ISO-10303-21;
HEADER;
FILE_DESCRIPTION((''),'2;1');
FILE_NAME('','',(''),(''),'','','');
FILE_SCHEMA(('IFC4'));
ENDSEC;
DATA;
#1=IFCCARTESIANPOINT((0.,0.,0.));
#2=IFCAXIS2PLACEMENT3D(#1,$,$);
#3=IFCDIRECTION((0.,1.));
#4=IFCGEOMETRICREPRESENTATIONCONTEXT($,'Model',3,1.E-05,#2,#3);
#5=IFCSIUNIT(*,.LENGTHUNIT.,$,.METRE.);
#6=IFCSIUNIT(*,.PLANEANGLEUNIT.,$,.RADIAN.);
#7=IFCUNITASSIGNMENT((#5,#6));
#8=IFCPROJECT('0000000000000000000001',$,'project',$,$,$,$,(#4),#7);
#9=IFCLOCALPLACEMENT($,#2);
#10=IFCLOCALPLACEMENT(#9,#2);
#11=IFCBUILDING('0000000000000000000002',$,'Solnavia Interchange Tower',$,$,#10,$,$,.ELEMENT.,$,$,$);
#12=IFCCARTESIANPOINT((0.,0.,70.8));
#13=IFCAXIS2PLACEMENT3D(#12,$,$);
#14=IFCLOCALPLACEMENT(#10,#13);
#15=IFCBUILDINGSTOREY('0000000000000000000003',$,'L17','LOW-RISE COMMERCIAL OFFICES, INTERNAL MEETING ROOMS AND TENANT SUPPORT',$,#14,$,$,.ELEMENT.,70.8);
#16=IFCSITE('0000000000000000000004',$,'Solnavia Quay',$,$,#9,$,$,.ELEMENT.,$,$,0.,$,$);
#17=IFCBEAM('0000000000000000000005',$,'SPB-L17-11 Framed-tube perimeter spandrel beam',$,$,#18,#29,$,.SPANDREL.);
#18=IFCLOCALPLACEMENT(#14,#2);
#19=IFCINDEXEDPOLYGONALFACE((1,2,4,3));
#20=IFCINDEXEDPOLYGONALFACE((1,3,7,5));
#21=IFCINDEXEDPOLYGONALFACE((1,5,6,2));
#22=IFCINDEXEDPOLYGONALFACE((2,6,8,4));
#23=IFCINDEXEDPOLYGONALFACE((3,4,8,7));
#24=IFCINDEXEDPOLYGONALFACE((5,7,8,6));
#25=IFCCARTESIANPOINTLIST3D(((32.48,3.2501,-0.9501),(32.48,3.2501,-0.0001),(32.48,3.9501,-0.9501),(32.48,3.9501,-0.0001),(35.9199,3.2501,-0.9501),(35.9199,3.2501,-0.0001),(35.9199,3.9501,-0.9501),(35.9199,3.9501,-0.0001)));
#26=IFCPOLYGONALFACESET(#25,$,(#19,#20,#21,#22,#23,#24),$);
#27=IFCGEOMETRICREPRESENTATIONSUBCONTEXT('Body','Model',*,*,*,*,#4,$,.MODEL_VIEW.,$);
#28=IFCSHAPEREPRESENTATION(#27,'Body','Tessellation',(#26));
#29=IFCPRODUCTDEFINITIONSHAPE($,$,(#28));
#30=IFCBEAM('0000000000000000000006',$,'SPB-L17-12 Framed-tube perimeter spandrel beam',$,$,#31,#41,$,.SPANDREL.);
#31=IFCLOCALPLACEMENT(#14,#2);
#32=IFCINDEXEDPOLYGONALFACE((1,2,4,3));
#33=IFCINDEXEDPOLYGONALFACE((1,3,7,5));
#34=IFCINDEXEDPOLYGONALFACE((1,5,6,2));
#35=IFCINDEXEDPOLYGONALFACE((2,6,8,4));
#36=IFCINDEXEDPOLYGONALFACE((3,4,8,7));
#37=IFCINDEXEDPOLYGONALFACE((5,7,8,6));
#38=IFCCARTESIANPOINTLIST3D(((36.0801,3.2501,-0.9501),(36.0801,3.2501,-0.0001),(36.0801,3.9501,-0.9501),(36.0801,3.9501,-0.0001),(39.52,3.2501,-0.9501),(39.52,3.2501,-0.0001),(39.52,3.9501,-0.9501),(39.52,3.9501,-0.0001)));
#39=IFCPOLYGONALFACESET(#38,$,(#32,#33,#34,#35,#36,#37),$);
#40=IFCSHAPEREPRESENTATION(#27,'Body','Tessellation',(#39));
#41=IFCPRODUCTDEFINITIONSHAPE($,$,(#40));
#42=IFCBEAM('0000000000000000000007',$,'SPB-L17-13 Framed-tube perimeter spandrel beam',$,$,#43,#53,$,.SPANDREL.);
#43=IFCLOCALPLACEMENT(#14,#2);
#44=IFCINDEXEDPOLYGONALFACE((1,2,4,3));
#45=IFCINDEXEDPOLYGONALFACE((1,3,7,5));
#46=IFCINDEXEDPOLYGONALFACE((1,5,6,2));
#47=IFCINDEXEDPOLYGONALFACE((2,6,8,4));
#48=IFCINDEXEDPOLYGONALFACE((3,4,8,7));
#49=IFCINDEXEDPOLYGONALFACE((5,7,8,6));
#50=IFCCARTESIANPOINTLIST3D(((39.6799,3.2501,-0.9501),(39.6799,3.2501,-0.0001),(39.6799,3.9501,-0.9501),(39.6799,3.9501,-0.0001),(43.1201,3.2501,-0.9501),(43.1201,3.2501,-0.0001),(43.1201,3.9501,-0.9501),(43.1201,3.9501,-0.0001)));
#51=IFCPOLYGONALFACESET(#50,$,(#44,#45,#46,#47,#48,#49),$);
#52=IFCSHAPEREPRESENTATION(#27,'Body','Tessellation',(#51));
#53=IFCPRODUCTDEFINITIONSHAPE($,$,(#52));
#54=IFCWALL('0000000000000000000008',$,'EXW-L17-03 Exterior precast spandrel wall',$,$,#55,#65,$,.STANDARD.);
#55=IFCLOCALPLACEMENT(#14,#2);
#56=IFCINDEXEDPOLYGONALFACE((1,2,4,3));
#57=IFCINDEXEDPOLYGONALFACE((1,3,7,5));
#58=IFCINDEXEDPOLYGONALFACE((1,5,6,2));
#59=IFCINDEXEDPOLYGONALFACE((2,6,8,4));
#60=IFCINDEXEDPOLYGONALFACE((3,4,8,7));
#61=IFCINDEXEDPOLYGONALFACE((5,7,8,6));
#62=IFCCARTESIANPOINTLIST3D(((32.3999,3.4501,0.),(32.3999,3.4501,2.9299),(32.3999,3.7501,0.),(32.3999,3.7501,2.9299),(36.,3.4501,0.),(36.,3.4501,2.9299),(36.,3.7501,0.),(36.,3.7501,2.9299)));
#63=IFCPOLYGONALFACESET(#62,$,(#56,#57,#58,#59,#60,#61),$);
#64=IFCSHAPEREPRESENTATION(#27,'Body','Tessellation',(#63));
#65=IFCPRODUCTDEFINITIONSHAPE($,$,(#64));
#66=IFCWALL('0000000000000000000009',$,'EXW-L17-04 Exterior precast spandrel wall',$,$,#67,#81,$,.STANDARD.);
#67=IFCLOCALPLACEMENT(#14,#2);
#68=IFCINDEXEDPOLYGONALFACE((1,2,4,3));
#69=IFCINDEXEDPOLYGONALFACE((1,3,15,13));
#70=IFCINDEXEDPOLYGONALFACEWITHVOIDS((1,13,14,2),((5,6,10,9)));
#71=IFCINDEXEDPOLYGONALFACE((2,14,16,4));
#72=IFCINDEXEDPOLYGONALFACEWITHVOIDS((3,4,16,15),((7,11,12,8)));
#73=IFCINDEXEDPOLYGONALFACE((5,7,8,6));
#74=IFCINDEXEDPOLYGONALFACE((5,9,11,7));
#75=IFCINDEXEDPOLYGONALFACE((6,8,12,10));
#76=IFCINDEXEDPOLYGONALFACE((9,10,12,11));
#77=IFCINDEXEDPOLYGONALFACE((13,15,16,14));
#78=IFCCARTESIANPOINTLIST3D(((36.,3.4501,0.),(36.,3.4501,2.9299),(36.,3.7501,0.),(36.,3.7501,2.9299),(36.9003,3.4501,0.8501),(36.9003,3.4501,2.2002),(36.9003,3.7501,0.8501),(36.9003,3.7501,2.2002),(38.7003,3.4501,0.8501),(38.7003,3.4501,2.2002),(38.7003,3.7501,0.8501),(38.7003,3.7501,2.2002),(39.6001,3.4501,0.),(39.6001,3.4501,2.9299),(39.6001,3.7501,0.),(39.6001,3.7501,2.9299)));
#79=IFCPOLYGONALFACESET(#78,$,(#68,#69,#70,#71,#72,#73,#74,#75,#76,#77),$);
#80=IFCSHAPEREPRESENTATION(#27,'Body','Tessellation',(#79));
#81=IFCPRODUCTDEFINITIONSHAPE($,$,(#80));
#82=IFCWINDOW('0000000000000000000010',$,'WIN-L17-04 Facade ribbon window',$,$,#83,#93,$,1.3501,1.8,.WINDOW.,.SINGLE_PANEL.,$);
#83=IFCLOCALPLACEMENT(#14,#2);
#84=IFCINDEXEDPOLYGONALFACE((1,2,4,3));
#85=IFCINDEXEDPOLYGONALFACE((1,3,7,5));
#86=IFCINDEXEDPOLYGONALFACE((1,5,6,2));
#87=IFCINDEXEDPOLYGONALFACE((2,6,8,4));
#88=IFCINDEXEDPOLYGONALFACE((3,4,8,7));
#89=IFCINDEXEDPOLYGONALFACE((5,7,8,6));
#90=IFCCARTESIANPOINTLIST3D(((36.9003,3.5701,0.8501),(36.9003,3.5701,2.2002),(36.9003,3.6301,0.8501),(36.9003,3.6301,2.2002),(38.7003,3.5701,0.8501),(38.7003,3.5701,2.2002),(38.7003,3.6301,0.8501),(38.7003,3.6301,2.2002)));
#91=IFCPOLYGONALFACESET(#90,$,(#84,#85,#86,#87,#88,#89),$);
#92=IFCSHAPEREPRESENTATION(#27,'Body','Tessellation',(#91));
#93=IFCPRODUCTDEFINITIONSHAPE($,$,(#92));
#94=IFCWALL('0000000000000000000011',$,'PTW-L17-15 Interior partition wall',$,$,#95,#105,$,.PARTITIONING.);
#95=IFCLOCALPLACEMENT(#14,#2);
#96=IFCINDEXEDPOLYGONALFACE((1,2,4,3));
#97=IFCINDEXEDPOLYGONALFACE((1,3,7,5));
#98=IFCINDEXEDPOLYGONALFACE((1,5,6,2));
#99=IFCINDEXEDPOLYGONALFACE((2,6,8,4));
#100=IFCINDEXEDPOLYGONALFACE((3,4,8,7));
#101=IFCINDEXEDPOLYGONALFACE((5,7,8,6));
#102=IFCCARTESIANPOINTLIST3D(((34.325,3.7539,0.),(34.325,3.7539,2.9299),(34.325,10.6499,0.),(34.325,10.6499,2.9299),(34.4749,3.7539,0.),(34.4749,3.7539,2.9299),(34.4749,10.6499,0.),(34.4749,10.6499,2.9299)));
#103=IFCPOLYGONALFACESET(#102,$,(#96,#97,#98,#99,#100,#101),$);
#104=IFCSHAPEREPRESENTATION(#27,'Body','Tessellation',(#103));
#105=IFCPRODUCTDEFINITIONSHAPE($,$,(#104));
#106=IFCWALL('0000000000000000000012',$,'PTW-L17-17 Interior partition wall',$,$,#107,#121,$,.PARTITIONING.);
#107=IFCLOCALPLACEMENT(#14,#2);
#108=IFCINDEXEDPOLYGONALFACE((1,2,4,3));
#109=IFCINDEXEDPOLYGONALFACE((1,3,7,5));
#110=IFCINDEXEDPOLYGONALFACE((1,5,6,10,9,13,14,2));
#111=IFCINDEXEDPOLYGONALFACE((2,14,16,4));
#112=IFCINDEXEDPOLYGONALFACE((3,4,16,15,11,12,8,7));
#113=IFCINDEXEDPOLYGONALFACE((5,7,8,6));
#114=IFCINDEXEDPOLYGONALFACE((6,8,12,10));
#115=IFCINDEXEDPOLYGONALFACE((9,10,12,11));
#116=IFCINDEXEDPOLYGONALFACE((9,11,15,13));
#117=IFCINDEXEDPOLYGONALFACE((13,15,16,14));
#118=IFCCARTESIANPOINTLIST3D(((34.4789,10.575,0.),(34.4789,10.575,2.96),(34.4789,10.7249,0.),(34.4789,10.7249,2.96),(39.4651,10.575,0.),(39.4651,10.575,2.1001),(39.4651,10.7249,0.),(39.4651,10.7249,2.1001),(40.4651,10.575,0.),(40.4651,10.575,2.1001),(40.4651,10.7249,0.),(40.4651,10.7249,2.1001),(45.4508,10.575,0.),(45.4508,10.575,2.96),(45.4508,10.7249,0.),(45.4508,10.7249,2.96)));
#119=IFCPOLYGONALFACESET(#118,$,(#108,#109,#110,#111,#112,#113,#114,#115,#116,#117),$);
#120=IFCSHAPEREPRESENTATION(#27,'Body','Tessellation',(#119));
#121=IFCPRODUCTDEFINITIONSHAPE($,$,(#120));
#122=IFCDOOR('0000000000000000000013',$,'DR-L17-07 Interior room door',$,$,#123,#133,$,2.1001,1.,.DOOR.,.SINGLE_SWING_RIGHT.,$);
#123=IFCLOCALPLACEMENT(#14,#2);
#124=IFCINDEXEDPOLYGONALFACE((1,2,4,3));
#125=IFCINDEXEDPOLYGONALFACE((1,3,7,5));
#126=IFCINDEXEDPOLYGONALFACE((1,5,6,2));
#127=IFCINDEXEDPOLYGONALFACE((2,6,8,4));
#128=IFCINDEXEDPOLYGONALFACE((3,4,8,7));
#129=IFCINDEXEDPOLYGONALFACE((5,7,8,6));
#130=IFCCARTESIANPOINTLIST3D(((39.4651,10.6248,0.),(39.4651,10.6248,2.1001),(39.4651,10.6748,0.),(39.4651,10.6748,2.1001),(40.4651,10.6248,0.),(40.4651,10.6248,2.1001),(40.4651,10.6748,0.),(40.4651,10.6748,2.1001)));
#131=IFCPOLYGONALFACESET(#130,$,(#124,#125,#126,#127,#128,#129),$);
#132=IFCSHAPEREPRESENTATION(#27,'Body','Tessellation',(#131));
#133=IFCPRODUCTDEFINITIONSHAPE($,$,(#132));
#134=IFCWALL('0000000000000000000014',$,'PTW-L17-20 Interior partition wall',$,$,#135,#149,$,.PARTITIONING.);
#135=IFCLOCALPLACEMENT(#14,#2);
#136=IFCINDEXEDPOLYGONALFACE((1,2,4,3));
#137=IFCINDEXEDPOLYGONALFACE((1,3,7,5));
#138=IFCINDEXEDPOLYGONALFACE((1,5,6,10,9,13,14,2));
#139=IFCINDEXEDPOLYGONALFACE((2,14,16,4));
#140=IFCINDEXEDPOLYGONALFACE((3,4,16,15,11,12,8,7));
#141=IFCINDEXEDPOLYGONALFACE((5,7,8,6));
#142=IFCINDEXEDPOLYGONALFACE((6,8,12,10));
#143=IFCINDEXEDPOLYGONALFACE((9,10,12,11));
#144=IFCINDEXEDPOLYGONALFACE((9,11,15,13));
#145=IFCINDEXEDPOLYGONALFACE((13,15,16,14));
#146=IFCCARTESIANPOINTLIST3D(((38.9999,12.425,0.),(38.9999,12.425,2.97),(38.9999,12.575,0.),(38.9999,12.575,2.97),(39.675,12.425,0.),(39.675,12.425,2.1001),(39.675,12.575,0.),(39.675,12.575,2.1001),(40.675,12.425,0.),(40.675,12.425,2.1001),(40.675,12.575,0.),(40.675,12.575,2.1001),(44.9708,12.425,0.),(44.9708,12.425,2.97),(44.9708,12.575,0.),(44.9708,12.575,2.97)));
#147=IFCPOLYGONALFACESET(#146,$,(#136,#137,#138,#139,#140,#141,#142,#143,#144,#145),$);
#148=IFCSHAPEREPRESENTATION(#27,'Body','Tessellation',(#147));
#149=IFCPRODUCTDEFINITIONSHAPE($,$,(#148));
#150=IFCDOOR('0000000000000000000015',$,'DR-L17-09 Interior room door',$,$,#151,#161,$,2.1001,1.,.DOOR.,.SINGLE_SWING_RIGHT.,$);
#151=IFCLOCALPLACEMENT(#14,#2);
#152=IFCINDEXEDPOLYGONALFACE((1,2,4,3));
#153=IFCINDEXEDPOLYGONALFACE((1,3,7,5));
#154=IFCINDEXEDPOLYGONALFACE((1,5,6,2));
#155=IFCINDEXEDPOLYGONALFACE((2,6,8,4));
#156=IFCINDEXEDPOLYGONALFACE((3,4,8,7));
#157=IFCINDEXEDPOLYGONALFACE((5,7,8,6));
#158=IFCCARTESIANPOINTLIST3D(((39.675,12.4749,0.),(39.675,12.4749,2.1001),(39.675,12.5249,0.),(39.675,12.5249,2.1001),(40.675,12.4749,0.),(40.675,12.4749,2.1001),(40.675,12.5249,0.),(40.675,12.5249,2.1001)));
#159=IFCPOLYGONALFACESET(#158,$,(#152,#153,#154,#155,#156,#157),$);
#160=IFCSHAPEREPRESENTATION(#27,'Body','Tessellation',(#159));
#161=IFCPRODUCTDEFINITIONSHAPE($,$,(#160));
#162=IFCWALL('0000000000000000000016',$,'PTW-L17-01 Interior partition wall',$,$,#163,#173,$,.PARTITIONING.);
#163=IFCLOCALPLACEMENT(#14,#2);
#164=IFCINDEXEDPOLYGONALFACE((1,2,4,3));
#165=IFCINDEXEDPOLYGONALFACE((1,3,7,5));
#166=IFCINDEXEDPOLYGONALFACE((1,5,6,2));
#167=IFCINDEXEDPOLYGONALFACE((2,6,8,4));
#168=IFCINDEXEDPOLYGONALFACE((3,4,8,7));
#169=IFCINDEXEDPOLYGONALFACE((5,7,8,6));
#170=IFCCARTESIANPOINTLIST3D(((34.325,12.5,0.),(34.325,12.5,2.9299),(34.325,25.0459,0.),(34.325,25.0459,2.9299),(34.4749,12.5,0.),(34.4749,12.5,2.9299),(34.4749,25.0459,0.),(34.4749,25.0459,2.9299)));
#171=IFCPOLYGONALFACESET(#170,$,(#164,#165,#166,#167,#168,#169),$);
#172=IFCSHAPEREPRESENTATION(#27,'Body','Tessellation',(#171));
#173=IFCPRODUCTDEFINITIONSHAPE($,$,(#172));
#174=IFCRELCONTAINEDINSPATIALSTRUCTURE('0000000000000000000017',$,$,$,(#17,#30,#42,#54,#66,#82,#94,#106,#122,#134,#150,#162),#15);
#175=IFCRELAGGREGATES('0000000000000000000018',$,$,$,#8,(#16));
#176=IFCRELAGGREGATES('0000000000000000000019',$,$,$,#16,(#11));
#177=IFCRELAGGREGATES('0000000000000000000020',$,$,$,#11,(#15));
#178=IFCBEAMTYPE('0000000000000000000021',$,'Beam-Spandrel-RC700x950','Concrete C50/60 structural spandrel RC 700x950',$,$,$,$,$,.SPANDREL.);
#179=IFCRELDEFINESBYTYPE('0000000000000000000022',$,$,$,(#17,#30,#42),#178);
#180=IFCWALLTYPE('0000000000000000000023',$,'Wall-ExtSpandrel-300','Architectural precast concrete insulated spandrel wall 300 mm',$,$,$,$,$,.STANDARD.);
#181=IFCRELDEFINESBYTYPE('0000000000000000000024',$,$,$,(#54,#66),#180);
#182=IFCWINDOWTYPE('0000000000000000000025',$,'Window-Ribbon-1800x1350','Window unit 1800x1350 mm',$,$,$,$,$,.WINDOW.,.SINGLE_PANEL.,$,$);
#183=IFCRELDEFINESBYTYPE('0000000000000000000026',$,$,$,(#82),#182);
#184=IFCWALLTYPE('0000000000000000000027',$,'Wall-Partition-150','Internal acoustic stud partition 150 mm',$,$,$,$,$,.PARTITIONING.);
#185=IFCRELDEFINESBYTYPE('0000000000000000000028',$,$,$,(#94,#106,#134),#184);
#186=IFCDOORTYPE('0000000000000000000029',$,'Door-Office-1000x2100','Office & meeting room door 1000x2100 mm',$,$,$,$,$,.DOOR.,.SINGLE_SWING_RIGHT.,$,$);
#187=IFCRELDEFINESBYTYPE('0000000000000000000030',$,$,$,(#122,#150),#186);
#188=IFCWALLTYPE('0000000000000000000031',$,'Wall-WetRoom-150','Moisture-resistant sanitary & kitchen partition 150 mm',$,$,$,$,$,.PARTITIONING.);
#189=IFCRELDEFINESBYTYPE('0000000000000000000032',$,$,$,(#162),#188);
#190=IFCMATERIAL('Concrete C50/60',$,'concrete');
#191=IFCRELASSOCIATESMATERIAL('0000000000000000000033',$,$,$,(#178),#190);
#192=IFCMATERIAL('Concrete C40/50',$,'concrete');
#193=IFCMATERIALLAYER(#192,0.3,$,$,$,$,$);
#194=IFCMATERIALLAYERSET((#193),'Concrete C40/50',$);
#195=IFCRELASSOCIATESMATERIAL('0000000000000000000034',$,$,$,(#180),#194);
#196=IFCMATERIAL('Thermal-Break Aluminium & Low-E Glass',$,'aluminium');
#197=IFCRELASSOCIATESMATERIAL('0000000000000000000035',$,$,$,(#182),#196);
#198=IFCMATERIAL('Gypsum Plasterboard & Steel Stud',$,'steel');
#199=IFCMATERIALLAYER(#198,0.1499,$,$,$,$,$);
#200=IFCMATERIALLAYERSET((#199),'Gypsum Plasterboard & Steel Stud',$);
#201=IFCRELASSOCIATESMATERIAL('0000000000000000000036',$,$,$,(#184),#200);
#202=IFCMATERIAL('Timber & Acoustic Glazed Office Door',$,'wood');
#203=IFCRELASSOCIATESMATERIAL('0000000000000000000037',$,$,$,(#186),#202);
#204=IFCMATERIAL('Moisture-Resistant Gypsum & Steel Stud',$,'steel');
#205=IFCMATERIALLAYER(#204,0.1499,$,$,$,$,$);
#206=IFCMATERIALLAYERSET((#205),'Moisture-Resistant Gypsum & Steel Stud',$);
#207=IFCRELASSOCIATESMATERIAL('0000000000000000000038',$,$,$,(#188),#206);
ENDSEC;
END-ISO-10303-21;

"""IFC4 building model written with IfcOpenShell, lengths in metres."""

from ifc_helpers import new_model, si_unit, direction, frame, frame_2d, origin, origin_2d, place, context, subcontext, project, spatial, rectangle, extrude, material, layer, layer_set, material_profile, profile_set, type_object, element, fill, save


model = new_model("IFC4")

# Units and contexts
model_context = context("Model", 3, precision=1e-05, world=origin(), true_north=direction((0.0, 1.0)))
body_context = subcontext(model_context, "Body", "Model", "MODEL_VIEW")
ifc_project = project(units=[si_unit("LENGTHUNIT", "METRE"), si_unit("PLANEANGLEUNIT", "RADIAN")], contexts=[model_context])

# Site, building, storey
site_placement = place(None, origin())
site = spatial("IfcSite", under=ifc_project, at=site_placement, Name="Solnavia Quay", CompositionType="ELEMENT", RefElevation=0.0)
building_placement = place(site_placement, origin())
building = spatial("IfcBuilding", under=site, at=building_placement, Name="Solnavia Interchange Tower", CompositionType="ELEMENT")
storey_placement = place(building_placement, frame((0.0, 0.0, 70.8)))
storey = spatial("IfcBuildingStorey", under=building, at=storey_placement, Name="L17", Description="LOW-RISE COMMERCIAL OFFICES, INTERNAL MEETING ROOMS AND TENANT SUPPORT", CompositionType="ELEMENT", Elevation=70.8)

# Beams
ifc_material_1 = material(Name="Concrete C50/60", Category="concrete")
ifc_material_profile_1 = material_profile(ifc_material_1, rectangle(XDim=0.7, YDim=0.95, at=origin_2d()), Name="RC 700x950")
ifc_profile_set_1 = profile_set([ifc_material_profile_1], Name="Concrete C50/60")
beam_type_1 = type_object("IfcBeamType", Name="Beam-Spandrel-RC700x950", Description="Concrete C50/60 structural spandrel RC 700x950", PredefinedType="SPANDREL", material=ifc_profile_set_1)
for number, where, z_axis, x_axis, name in (
    (1, (32.48, 3.6001, -0.4751), (1.0, 0.0, 0.0), (0.0, 1.0, 0.0), "SPB-L17-11 Framed-tube perimeter spandrel beam"),
    (2, (36.0801, 3.6001, -0.4751), (1.0, 0.0, 0.0), (0.0, 1.0, 0.0), "SPB-L17-12 Framed-tube perimeter spandrel beam"),
):
    element("IfcBeam", number, at=place(storey_placement, frame(where, z_axis=z_axis, x_axis=x_axis)), inside=storey, type_object=beam_type_1, Name=name, PredefinedType="SPANDREL", context=body_context, shape_type="SweptSolid", body=[
        extrude(rectangle(XDim=0.7, YDim=0.95, at=origin_2d()), origin(), (0.0, 0.0, 1.0), 3.4399),
    ])
beam_1_placement = place(storey_placement, frame((39.6799, 3.6001, -0.4751), z_axis=(1.0, 0.0, 0.0), x_axis=(0.0, 1.0, 0.0)))
element("IfcBeam", 3, at=beam_1_placement, inside=storey, type_object=beam_type_1, Name="SPB-L17-13 Framed-tube perimeter spandrel beam", PredefinedType="SPANDREL", context=body_context, shape_type="SweptSolid", body=[
    extrude(rectangle(XDim=0.7, YDim=0.95, at=origin_2d()), origin(), (0.0, 0.0, 1.0), 3.4402),
])

# Wall
ifc_material_2 = material(Name="Concrete C40/50", Category="concrete")
ifc_layer_1 = layer(ifc_material_2, 0.3)
ifc_layer_set_1 = layer_set([ifc_layer_1], Name="Concrete C40/50")
wall_type_1 = type_object("IfcWallType", Name="Wall-ExtSpandrel-300", Description="Architectural precast concrete insulated spandrel wall 300 mm", PredefinedType="STANDARD", material=ifc_layer_set_1)
wall_1_placement = place(storey_placement, frame((36.0, 3.6001, 0.0), z_axis=(0.0, 0.0, 1.0), x_axis=(-1.0, 0.0, 0.0)))
element("IfcWall", 4, at=wall_1_placement, inside=storey, type_object=wall_type_1, Name="EXW-L17-03 Exterior precast spandrel wall", PredefinedType="STANDARD", context=body_context, shape_type="SweptSolid", body=[
    extrude(rectangle(XDim=3.6001, YDim=0.3, at=frame_2d((1.8, 0.0))), origin(), (0.0, 0.0, 1.0), 2.9299),
])

# Wall, opening, window
wall_2_placement = place(storey_placement, frame((39.6001, 3.6001, 0.0), z_axis=(0.0, 0.0, 1.0), x_axis=(-1.0, 0.0, 0.0)))
wall_2 = element("IfcWall", 5, at=wall_2_placement, inside=storey, type_object=wall_type_1, Name="EXW-L17-04 Exterior precast spandrel wall", PredefinedType="STANDARD", context=body_context, shape_type="SweptSolid", body=[
    extrude(rectangle(XDim=3.6001, YDim=0.3, at=frame_2d((1.8, 0.0))), origin(), (0.0, 0.0, 1.0), 2.9299),
])
opening_1_placement = place(wall_2_placement, frame((0.8999, 0.0, 0.8501)))
opening_1 = element("IfcOpeningElement", 6, at=opening_1_placement, cuts=wall_2, PredefinedType="OPENING", context=body_context, shape_type="SweptSolid", body=[
    extrude(rectangle(XDim=1.8, YDim=1.3501, at=frame_2d((0.8999, 0.675))), frame((0.0, 0.1602, 0.0), z_axis=(0.0, -1.0, 0.0), x_axis=(1.0, 0.0, 0.0)), (0.0, 0.0, 1.0), 0.3201),
])
ifc_material_3 = material(Name="Thermal-Break Aluminium & Low-E Glass", Category="aluminium")
window_type = type_object("IfcWindowType", Name="Window-Ribbon-1800x1350", Description="Window unit 1800x1350 mm", PartitioningType="SINGLE_PANEL", PredefinedType="WINDOW", material=ifc_material_3)
window_placement = place(opening_1_placement, origin())
window = element("IfcWindow", 7, at=window_placement, inside=storey, type_object=window_type, Name="WIN-L17-04 Facade ribbon window", OverallHeight=1.3501, OverallWidth=1.8, PartitioningType="SINGLE_PANEL", PredefinedType="WINDOW", context=body_context, shape_type="SweptSolid", body=[
    extrude(rectangle(XDim=1.8, YDim=1.3501, at=frame_2d((0.8999, 0.675))), frame((0.0, 0.03, 0.0), z_axis=(0.0, -1.0, 0.0), x_axis=(1.0, 0.0, 0.0)), (0.0, 0.0, 1.0), 0.0601),
])
fill(opening_1, window)

# Wall
ifc_material_4 = material(Name="Gypsum Plasterboard & Steel Stud", Category="steel")
ifc_layer_2 = layer(ifc_material_4, 0.1499)
ifc_layer_set_2 = layer_set([ifc_layer_2], Name="Gypsum Plasterboard & Steel Stud")
wall_type_2 = type_object("IfcWallType", Name="Wall-Partition-150", Description="Internal acoustic stud partition 150 mm", PredefinedType="PARTITIONING", material=ifc_layer_set_2)
wall_3_placement = place(storey_placement, frame((34.3999, 3.7539, 0.0), z_axis=(0.0, 0.0, 1.0), x_axis=(0.0, 1.0, 0.0)))
element("IfcWall", 8, at=wall_3_placement, inside=storey, type_object=wall_type_2, Name="PTW-L17-15 Interior partition wall", PredefinedType="PARTITIONING", context=body_context, shape_type="SweptSolid", body=[
    extrude(rectangle(XDim=6.896, YDim=0.1499, at=frame_2d((3.448, 0.0))), origin(), (0.0, 0.0, 1.0), 2.9299),
])

# Walls, openings, doors
wall_4_placement = place(storey_placement, frame((34.479, 10.6499, 0.0), z_axis=(0.0, 0.0, 1.0), x_axis=(1.0, 0.0, 0.0)))
wall_4 = element("IfcWall", 9, at=wall_4_placement, inside=storey, type_object=wall_type_2, Name="PTW-L17-17 Interior partition wall", PredefinedType="PARTITIONING", context=body_context, shape_type="SweptSolid", body=[
    extrude(rectangle(XDim=10.9719, YDim=0.1499, at=frame_2d((5.4858, 0.0))), origin(), (0.0, 0.0, 1.0), 2.96),
])
opening_2_placement = place(wall_4_placement, frame((4.9861, 0.0, 0.0)))
opening_2 = element("IfcOpeningElement", 10, at=opening_2_placement, cuts=wall_4, PredefinedType="OPENING", context=body_context, shape_type="SweptSolid", body=[
    extrude(rectangle(XDim=1.0, YDim=2.1001, at=frame_2d((0.5, 1.05))), frame((0.0, 0.085, 0.0), z_axis=(0.0, -1.0, 0.0), x_axis=(1.0, 0.0, 0.0)), (0.0, 0.0, 1.0), 0.1699),
])
ifc_material_5 = material(Name="Timber & Acoustic Glazed Office Door", Category="wood")
door_type_1 = type_object("IfcDoorType", Name="Door-Office-1000x2100", Description="Office & meeting room door 1000x2100 mm", OperationType="SINGLE_SWING_RIGHT", PredefinedType="DOOR", material=ifc_material_5)
door_1_placement = place(opening_2_placement, origin())
door_1 = element("IfcDoor", 11, at=door_1_placement, inside=storey, type_object=door_type_1, Name="DR-L17-07 Interior room door", OperationType="SINGLE_SWING_RIGHT", OverallHeight=2.1001, OverallWidth=1.0, PredefinedType="DOOR", context=body_context, shape_type="SweptSolid", body=[
    extrude(rectangle(XDim=1.0, YDim=2.1001, at=frame_2d((0.5, 1.05))), frame((0.0, 0.0249, 0.0), z_axis=(0.0, -1.0, 0.0), x_axis=(1.0, 0.0, 0.0)), (0.0, 0.0, 1.0), 0.05),
])
fill(opening_2, door_1)
wall_5_placement = place(storey_placement, frame((39.0, 12.5, 0.0), z_axis=(0.0, 0.0, 1.0), x_axis=(1.0, 0.0, 0.0)))
wall_5 = element("IfcWall", 12, at=wall_5_placement, inside=storey, type_object=wall_type_2, Name="PTW-L17-20 Interior partition wall", PredefinedType="PARTITIONING", context=body_context, shape_type="SweptSolid", body=[
    extrude(rectangle(XDim=5.9709, YDim=0.1499, at=frame_2d((2.9854, 0.0))), origin(), (0.0, 0.0, 1.0), 2.97),
])
opening_3_placement = place(wall_5_placement, frame((0.675, 0.0, 0.0)))
opening_3 = element("IfcOpeningElement", 13, at=opening_3_placement, cuts=wall_5, PredefinedType="OPENING", context=body_context, shape_type="SweptSolid", body=[
    extrude(rectangle(XDim=1.0, YDim=2.1001, at=frame_2d((0.5, 1.05))), frame((0.0, 0.085, 0.0), z_axis=(0.0, -1.0, 0.0), x_axis=(1.0, 0.0, 0.0)), (0.0, 0.0, 1.0), 0.1699),
])
door_2_placement = place(opening_3_placement, origin())
door_2 = element("IfcDoor", 14, at=door_2_placement, inside=storey, type_object=door_type_1, Name="DR-L17-09 Interior room door", OperationType="SINGLE_SWING_RIGHT", OverallHeight=2.1001, OverallWidth=1.0, PredefinedType="DOOR", context=body_context, shape_type="SweptSolid", body=[
    extrude(rectangle(XDim=1.0, YDim=2.1001, at=frame_2d((0.5, 1.05))), frame((0.0, 0.0249, 0.0), z_axis=(0.0, -1.0, 0.0), x_axis=(1.0, 0.0, 0.0)), (0.0, 0.0, 1.0), 0.05),
])
fill(opening_3, door_2)

# Wall
ifc_material_6 = material(Name="Moisture-Resistant Gypsum & Steel Stud", Category="steel")
ifc_layer_3 = layer(ifc_material_6, 0.1499)
ifc_layer_set_3 = layer_set([ifc_layer_3], Name="Moisture-Resistant Gypsum & Steel Stud")
wall_type_3 = type_object("IfcWallType", Name="Wall-WetRoom-150", Description="Moisture-resistant sanitary & kitchen partition 150 mm", PredefinedType="PARTITIONING", material=ifc_layer_set_3)
wall_6_placement = place(storey_placement, frame((34.3999, 12.5, 0.0), z_axis=(0.0, 0.0, 1.0), x_axis=(0.0, 1.0, 0.0)))
element("IfcWall", 15, at=wall_6_placement, inside=storey, type_object=wall_type_3, Name="PTW-L17-01 Interior partition wall", PredefinedType="PARTITIONING", context=body_context, shape_type="SweptSolid", body=[
    extrude(rectangle(XDim=12.5459, YDim=0.1499, at=frame_2d((6.2729, 0.0))), origin(), (0.0, 0.0, 1.0), 2.9299),
])

save(model, "model.ifc")
